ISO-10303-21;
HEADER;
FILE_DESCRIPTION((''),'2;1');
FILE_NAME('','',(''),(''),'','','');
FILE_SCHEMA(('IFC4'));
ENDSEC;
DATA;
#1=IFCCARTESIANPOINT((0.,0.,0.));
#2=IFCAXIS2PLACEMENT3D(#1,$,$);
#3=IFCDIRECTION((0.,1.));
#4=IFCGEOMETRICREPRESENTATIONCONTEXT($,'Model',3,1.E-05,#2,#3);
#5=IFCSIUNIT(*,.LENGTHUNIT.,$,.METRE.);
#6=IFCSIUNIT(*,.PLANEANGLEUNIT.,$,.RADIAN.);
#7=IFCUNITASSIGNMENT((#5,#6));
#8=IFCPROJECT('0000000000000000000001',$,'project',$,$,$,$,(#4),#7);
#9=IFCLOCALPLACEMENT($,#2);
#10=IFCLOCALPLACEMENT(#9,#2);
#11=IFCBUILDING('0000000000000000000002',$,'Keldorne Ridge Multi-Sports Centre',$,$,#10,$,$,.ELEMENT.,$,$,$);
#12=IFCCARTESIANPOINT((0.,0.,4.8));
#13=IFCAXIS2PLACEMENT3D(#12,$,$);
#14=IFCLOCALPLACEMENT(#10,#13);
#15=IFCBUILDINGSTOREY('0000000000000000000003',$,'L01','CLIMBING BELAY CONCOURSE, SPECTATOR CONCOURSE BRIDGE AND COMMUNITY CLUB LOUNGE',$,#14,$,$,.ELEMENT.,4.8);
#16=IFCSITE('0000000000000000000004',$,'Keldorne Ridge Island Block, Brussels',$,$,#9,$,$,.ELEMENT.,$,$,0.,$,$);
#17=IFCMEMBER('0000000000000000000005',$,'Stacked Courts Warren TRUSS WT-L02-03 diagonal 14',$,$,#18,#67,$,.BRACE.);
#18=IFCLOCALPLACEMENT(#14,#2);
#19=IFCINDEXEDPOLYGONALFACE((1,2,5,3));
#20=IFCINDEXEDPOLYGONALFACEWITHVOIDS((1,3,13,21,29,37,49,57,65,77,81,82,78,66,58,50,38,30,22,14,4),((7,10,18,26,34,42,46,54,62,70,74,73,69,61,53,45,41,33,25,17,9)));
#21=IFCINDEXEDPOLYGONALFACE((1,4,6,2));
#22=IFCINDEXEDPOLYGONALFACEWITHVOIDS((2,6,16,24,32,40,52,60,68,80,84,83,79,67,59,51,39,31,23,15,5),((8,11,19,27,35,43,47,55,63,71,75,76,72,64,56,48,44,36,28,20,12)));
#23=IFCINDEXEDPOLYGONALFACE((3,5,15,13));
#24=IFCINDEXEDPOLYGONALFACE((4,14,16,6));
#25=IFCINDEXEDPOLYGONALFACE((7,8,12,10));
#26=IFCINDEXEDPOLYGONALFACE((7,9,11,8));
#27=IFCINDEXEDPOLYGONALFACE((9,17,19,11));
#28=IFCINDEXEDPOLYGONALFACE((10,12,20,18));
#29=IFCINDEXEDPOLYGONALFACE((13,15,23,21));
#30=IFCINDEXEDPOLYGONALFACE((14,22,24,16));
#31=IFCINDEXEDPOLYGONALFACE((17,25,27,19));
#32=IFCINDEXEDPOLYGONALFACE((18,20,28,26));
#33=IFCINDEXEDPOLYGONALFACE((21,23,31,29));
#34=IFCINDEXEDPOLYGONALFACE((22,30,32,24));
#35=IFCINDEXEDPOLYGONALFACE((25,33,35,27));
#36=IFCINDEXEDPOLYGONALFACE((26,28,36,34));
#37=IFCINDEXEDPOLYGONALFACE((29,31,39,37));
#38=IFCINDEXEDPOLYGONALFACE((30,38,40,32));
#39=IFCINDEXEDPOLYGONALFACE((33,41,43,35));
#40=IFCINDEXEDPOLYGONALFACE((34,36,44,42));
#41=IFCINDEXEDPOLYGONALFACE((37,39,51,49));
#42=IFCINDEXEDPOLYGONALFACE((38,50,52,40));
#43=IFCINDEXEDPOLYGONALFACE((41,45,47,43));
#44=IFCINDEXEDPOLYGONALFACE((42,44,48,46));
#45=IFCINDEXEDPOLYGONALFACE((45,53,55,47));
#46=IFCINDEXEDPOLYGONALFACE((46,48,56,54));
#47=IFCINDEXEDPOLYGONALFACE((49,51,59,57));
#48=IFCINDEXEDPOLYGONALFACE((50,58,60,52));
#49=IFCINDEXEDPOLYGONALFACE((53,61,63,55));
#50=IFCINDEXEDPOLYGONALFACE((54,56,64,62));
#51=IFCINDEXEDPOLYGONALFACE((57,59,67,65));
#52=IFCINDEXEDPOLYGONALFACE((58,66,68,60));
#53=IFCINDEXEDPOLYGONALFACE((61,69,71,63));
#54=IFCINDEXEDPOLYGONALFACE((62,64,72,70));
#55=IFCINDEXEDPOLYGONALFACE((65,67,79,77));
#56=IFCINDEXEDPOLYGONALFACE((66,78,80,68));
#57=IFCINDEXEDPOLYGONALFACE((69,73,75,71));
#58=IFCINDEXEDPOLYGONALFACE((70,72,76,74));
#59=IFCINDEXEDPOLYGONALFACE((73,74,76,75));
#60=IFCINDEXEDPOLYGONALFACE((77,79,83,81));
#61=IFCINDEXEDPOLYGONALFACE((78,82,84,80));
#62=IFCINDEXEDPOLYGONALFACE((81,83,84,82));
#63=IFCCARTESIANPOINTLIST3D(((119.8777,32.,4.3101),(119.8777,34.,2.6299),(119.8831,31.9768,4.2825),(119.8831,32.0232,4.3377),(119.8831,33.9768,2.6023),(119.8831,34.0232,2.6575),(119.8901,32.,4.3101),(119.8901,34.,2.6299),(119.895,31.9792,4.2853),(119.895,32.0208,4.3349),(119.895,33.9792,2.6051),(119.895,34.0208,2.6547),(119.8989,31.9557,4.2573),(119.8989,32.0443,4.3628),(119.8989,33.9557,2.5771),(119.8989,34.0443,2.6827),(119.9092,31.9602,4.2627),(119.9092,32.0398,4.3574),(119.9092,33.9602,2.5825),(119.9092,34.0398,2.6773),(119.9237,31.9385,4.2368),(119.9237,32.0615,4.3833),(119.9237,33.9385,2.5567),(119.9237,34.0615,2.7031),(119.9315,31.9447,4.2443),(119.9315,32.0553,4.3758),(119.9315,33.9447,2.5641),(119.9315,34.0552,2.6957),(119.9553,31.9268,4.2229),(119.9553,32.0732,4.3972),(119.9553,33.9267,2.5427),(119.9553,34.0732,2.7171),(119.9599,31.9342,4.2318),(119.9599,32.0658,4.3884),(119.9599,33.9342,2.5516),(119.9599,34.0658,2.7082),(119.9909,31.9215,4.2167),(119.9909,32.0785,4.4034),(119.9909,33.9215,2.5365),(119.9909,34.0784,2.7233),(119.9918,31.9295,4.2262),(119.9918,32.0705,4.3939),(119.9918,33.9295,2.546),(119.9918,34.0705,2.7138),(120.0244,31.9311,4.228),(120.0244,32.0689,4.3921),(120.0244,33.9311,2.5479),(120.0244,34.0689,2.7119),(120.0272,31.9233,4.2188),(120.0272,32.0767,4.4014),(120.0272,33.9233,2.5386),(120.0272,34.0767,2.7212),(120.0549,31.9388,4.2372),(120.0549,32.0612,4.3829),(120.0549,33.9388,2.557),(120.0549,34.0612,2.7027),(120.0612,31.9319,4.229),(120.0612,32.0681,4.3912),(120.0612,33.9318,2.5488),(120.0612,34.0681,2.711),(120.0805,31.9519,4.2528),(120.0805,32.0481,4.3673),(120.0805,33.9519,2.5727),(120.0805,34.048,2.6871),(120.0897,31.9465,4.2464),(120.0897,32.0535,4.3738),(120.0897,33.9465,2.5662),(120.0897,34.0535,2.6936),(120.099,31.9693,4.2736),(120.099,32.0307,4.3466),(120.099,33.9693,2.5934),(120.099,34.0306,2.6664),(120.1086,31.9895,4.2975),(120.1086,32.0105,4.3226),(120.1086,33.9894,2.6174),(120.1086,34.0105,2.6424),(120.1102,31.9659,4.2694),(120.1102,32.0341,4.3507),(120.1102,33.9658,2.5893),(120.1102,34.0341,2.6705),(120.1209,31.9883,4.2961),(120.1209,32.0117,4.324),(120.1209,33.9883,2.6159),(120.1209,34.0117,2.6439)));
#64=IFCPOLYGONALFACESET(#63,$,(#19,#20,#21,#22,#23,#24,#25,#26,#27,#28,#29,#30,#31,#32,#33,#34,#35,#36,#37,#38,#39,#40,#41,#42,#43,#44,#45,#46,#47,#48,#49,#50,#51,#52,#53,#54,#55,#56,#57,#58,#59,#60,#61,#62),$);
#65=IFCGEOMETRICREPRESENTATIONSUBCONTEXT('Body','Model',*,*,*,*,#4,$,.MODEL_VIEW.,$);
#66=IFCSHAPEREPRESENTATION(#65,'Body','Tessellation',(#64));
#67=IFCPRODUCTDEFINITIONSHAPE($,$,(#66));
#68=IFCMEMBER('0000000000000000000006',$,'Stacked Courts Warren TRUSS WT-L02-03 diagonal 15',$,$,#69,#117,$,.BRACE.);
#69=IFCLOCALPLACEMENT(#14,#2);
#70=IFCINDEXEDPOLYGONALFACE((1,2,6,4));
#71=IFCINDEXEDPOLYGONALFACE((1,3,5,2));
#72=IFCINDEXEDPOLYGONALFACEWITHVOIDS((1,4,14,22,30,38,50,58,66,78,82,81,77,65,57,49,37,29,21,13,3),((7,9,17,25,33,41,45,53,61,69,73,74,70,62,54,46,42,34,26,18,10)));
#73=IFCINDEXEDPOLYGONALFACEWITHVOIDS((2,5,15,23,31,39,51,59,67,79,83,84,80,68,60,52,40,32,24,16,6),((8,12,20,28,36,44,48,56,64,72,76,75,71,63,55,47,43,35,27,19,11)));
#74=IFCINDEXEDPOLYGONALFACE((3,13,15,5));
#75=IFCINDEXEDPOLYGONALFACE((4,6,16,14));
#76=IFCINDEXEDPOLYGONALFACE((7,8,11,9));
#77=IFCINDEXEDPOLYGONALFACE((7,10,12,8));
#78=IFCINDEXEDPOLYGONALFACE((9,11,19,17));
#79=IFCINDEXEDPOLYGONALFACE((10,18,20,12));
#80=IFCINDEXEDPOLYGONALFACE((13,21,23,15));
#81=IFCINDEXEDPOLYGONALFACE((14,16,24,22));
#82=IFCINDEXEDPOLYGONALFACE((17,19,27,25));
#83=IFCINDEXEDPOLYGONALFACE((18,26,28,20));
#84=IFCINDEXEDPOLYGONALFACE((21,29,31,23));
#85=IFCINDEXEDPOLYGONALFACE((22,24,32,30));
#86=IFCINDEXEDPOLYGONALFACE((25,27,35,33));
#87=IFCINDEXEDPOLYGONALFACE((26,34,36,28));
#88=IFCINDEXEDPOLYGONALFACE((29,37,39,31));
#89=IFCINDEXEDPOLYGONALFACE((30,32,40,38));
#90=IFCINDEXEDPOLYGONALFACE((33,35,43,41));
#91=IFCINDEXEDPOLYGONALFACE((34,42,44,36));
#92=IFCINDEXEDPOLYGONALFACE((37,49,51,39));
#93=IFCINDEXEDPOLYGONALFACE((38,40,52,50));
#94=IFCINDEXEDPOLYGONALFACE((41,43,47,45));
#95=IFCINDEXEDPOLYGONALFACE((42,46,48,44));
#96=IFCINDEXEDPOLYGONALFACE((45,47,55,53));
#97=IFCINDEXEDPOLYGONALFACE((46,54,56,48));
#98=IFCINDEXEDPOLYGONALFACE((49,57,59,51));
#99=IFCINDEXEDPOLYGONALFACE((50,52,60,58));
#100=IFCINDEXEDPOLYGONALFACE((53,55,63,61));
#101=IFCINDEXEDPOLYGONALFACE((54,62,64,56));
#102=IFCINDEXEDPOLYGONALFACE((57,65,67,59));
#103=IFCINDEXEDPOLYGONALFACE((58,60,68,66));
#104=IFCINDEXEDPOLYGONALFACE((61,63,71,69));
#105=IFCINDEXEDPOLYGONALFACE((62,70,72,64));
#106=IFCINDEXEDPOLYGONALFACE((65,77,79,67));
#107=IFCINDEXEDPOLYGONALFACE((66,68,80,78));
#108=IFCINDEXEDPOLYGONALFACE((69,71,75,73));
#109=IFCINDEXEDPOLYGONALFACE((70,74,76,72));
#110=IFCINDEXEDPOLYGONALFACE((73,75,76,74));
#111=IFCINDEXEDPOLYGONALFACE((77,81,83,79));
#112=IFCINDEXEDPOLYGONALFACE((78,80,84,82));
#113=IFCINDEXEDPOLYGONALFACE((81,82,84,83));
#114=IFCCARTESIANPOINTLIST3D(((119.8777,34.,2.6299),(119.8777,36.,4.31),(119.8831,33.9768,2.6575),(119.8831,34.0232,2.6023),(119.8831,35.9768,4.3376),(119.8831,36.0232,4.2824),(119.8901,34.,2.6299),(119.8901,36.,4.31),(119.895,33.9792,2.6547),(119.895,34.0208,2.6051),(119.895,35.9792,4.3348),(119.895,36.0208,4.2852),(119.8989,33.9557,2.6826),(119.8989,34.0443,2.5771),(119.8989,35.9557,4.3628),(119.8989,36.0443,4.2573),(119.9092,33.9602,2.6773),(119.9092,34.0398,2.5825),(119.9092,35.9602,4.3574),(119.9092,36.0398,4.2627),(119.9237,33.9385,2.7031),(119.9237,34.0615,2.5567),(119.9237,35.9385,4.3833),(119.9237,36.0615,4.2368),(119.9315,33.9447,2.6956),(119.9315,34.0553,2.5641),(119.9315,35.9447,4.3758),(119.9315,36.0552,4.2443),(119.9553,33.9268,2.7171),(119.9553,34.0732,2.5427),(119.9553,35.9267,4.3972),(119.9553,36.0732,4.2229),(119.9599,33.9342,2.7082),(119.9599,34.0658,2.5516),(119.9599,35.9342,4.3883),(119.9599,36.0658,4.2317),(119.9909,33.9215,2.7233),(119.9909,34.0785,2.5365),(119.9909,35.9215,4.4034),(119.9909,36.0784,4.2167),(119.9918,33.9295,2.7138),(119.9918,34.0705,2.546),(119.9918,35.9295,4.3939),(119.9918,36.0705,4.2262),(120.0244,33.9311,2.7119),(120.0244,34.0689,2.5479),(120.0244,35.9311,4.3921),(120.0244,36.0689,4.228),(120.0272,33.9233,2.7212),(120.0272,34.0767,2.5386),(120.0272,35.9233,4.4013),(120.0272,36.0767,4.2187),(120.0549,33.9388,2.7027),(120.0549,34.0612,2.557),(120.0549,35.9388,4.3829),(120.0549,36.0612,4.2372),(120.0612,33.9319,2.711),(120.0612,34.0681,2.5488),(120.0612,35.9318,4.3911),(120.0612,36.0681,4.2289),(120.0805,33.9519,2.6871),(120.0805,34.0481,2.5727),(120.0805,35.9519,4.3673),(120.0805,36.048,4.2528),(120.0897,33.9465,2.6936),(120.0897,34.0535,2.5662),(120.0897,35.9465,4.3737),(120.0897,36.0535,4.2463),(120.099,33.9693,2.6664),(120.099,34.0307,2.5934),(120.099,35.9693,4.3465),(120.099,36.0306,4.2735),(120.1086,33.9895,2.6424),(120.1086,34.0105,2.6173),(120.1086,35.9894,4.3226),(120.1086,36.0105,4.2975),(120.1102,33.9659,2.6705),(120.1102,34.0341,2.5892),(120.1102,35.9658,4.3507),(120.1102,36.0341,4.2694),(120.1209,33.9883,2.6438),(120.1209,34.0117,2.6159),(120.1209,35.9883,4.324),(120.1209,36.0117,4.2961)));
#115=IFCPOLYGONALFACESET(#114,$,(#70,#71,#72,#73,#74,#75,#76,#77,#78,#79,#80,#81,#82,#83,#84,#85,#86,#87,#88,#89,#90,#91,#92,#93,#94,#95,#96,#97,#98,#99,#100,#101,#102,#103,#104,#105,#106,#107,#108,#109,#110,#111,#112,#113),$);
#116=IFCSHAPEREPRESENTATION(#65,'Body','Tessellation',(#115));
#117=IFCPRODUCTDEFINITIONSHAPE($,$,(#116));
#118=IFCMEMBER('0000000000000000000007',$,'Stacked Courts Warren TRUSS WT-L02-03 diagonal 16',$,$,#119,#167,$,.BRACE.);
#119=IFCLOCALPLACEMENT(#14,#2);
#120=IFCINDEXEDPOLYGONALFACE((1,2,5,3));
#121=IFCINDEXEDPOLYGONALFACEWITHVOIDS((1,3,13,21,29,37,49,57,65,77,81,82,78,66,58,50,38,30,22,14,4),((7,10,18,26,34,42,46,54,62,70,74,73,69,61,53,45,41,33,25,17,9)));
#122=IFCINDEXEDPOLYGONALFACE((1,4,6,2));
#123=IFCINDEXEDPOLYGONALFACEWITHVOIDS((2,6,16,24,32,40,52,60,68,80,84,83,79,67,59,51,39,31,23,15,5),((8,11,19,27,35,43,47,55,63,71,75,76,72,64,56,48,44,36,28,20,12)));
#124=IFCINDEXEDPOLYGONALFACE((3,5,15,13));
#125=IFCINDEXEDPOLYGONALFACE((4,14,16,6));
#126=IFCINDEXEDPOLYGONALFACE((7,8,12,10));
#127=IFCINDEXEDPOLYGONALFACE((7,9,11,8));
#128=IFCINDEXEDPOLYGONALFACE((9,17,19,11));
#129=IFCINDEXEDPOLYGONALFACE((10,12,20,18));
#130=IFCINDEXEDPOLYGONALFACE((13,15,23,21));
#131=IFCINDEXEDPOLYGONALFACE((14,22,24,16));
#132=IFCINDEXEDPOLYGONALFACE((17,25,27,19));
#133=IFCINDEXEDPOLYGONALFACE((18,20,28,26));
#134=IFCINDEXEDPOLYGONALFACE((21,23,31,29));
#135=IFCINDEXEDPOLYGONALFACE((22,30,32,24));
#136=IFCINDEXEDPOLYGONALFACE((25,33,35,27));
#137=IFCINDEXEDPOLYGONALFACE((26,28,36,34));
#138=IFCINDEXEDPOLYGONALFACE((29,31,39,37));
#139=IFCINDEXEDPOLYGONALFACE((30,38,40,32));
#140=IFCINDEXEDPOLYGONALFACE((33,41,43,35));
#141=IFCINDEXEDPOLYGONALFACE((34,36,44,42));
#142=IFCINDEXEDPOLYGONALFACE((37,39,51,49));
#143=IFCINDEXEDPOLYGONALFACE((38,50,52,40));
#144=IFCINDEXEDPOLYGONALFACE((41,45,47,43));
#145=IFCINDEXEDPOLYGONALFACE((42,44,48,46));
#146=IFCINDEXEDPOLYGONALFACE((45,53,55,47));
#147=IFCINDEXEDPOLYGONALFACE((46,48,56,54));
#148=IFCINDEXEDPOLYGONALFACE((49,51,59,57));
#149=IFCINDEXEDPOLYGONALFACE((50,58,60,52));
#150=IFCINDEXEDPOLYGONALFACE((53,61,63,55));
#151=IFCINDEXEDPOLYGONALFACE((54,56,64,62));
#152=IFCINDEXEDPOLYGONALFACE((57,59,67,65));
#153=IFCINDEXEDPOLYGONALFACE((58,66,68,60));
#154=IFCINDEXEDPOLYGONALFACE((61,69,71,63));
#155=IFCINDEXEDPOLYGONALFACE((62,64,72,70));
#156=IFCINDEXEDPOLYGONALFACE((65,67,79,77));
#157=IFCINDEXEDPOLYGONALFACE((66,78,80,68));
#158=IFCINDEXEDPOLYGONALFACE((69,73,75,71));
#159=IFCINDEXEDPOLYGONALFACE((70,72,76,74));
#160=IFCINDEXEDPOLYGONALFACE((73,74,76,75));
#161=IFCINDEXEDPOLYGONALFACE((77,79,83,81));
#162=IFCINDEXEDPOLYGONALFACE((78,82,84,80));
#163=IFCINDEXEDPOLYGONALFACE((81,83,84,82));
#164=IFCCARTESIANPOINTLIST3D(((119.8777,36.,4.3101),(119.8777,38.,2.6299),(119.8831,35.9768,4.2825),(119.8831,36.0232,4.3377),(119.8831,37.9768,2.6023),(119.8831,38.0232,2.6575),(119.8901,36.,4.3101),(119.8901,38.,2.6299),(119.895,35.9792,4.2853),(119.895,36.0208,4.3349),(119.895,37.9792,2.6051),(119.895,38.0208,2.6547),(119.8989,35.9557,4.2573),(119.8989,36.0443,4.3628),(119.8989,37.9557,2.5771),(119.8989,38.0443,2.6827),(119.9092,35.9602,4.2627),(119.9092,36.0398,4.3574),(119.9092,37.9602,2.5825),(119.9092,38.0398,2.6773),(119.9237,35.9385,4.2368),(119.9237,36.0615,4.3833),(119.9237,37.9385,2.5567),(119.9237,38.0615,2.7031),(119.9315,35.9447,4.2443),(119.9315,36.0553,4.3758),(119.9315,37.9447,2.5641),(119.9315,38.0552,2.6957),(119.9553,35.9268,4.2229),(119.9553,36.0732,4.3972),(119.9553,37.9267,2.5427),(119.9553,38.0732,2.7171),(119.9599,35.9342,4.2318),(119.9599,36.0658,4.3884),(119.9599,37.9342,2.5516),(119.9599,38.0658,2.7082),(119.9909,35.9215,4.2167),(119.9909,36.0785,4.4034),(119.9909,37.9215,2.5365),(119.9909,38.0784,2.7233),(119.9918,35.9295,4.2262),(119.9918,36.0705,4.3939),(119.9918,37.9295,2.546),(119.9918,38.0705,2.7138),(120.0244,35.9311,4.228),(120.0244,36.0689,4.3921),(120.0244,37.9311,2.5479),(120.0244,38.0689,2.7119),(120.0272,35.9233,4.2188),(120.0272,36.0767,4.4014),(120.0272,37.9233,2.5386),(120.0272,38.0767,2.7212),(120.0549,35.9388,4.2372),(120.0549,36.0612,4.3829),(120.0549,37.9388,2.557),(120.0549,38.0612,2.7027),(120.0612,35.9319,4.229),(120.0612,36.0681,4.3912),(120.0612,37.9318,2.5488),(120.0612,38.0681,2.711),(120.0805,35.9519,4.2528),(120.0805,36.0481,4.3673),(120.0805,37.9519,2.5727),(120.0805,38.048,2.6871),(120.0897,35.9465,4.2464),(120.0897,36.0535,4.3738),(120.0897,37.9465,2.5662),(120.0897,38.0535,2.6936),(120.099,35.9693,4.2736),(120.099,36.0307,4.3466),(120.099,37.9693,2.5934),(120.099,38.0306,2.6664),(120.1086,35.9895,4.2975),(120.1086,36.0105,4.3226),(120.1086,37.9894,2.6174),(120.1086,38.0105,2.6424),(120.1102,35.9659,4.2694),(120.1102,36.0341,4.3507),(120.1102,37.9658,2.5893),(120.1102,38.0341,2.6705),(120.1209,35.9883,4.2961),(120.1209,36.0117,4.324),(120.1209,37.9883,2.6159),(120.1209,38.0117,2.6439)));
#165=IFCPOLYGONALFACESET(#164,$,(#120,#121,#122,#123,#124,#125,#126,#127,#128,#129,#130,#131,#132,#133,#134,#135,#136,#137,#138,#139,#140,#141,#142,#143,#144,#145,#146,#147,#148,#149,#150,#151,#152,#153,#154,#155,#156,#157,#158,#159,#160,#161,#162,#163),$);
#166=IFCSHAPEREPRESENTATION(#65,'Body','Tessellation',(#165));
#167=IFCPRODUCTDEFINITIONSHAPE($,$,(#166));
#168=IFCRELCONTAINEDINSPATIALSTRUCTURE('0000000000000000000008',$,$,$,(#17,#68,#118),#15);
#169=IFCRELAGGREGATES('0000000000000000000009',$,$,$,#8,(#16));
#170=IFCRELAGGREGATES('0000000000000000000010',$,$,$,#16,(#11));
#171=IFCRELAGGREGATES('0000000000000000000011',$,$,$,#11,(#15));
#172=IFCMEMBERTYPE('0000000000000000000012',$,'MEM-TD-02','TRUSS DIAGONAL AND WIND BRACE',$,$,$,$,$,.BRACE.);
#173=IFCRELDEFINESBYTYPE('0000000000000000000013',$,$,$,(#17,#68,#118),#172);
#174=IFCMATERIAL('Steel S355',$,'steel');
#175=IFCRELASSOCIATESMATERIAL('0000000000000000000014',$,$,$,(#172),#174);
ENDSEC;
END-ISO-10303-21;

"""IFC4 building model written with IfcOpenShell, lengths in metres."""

from ifc_helpers import new_model, si_unit, direction, frame, origin, origin_2d, place, context, subcontext, project, spatial, hollow_circle, extrude, material, material_profile, profile_set, type_object, element, save


model = new_model("IFC4")

# Units and contexts
model_context = context("Model", 3, precision=1e-05, world=origin(), true_north=direction((0.0, 1.0)))
body_context = subcontext(model_context, "Body", "Model", "MODEL_VIEW")
ifc_project = project(units=[si_unit("LENGTHUNIT", "METRE"), si_unit("PLANEANGLEUNIT", "RADIAN")], contexts=[model_context])

# Site, building, storey
site_placement = place(None, origin())
site = spatial("IfcSite", under=ifc_project, at=site_placement, Name="Keldorne Ridge Island Block, Brussels", CompositionType="ELEMENT", RefElevation=0.0)
building_placement = place(site_placement, origin())
building = spatial("IfcBuilding", under=site, at=building_placement, Name="Keldorne Ridge Multi-Sports Centre", CompositionType="ELEMENT")
storey_placement = place(building_placement, frame((0.0, 0.0, 4.8)))
storey = spatial("IfcBuildingStorey", under=building, at=storey_placement, Name="L01", Description="CLIMBING BELAY CONCOURSE, SPECTATOR CONCOURSE BRIDGE AND COMMUNITY CLUB LOUNGE", CompositionType="ELEMENT", Elevation=4.8)

# Members
ifc_material = material(Name="Steel S355", Category="steel")
ifc_material_profile_1 = material_profile(ifc_material, hollow_circle(Radius=0.1223, WallThickness=0.0125, at=origin_2d()), Name="CHS 244.5x12.5")
ifc_profile_set_1 = profile_set([ifc_material_profile_1], Name="Steel S355")
member_type_1 = type_object("IfcMemberType", Name="MEM-TD-02", Description="TRUSS DIAGONAL AND WIND BRACE", PredefinedType="BRACE", material=ifc_profile_set_1)
for number, where, z_axis, x_axis, name in (
    (1, (120.0, 32.0, 4.3101), (0.0, 0.765672, -0.643232), (-1.0, 0.0, 0.0), "Stacked Courts Warren TRUSS WT-L02-03 diagonal 14"),
    (2, (120.0, 34.0, 2.6299), (0.0, 0.765672, 0.643232), (-1.0, 0.0, 0.0), "Stacked Courts Warren TRUSS WT-L02-03 diagonal 15"),
    (3, (120.0, 36.0, 4.3101), (0.0, 0.765672, -0.643232), (-1.0, 0.0, 0.0), "Stacked Courts Warren TRUSS WT-L02-03 diagonal 16"),
):
    element("IfcMember", number, at=place(storey_placement, frame(where, z_axis=z_axis, x_axis=x_axis)), inside=storey, type_object=member_type_1, Name=name, PredefinedType="BRACE", context=body_context, shape_type="SweptSolid", body=[
        extrude(hollow_circle(Radius=0.1223, WallThickness=0.0125, at=origin_2d()), origin(), (0.0, 0.0, 1.0), 2.6121),
    ])

save(model, "model.ifc")
